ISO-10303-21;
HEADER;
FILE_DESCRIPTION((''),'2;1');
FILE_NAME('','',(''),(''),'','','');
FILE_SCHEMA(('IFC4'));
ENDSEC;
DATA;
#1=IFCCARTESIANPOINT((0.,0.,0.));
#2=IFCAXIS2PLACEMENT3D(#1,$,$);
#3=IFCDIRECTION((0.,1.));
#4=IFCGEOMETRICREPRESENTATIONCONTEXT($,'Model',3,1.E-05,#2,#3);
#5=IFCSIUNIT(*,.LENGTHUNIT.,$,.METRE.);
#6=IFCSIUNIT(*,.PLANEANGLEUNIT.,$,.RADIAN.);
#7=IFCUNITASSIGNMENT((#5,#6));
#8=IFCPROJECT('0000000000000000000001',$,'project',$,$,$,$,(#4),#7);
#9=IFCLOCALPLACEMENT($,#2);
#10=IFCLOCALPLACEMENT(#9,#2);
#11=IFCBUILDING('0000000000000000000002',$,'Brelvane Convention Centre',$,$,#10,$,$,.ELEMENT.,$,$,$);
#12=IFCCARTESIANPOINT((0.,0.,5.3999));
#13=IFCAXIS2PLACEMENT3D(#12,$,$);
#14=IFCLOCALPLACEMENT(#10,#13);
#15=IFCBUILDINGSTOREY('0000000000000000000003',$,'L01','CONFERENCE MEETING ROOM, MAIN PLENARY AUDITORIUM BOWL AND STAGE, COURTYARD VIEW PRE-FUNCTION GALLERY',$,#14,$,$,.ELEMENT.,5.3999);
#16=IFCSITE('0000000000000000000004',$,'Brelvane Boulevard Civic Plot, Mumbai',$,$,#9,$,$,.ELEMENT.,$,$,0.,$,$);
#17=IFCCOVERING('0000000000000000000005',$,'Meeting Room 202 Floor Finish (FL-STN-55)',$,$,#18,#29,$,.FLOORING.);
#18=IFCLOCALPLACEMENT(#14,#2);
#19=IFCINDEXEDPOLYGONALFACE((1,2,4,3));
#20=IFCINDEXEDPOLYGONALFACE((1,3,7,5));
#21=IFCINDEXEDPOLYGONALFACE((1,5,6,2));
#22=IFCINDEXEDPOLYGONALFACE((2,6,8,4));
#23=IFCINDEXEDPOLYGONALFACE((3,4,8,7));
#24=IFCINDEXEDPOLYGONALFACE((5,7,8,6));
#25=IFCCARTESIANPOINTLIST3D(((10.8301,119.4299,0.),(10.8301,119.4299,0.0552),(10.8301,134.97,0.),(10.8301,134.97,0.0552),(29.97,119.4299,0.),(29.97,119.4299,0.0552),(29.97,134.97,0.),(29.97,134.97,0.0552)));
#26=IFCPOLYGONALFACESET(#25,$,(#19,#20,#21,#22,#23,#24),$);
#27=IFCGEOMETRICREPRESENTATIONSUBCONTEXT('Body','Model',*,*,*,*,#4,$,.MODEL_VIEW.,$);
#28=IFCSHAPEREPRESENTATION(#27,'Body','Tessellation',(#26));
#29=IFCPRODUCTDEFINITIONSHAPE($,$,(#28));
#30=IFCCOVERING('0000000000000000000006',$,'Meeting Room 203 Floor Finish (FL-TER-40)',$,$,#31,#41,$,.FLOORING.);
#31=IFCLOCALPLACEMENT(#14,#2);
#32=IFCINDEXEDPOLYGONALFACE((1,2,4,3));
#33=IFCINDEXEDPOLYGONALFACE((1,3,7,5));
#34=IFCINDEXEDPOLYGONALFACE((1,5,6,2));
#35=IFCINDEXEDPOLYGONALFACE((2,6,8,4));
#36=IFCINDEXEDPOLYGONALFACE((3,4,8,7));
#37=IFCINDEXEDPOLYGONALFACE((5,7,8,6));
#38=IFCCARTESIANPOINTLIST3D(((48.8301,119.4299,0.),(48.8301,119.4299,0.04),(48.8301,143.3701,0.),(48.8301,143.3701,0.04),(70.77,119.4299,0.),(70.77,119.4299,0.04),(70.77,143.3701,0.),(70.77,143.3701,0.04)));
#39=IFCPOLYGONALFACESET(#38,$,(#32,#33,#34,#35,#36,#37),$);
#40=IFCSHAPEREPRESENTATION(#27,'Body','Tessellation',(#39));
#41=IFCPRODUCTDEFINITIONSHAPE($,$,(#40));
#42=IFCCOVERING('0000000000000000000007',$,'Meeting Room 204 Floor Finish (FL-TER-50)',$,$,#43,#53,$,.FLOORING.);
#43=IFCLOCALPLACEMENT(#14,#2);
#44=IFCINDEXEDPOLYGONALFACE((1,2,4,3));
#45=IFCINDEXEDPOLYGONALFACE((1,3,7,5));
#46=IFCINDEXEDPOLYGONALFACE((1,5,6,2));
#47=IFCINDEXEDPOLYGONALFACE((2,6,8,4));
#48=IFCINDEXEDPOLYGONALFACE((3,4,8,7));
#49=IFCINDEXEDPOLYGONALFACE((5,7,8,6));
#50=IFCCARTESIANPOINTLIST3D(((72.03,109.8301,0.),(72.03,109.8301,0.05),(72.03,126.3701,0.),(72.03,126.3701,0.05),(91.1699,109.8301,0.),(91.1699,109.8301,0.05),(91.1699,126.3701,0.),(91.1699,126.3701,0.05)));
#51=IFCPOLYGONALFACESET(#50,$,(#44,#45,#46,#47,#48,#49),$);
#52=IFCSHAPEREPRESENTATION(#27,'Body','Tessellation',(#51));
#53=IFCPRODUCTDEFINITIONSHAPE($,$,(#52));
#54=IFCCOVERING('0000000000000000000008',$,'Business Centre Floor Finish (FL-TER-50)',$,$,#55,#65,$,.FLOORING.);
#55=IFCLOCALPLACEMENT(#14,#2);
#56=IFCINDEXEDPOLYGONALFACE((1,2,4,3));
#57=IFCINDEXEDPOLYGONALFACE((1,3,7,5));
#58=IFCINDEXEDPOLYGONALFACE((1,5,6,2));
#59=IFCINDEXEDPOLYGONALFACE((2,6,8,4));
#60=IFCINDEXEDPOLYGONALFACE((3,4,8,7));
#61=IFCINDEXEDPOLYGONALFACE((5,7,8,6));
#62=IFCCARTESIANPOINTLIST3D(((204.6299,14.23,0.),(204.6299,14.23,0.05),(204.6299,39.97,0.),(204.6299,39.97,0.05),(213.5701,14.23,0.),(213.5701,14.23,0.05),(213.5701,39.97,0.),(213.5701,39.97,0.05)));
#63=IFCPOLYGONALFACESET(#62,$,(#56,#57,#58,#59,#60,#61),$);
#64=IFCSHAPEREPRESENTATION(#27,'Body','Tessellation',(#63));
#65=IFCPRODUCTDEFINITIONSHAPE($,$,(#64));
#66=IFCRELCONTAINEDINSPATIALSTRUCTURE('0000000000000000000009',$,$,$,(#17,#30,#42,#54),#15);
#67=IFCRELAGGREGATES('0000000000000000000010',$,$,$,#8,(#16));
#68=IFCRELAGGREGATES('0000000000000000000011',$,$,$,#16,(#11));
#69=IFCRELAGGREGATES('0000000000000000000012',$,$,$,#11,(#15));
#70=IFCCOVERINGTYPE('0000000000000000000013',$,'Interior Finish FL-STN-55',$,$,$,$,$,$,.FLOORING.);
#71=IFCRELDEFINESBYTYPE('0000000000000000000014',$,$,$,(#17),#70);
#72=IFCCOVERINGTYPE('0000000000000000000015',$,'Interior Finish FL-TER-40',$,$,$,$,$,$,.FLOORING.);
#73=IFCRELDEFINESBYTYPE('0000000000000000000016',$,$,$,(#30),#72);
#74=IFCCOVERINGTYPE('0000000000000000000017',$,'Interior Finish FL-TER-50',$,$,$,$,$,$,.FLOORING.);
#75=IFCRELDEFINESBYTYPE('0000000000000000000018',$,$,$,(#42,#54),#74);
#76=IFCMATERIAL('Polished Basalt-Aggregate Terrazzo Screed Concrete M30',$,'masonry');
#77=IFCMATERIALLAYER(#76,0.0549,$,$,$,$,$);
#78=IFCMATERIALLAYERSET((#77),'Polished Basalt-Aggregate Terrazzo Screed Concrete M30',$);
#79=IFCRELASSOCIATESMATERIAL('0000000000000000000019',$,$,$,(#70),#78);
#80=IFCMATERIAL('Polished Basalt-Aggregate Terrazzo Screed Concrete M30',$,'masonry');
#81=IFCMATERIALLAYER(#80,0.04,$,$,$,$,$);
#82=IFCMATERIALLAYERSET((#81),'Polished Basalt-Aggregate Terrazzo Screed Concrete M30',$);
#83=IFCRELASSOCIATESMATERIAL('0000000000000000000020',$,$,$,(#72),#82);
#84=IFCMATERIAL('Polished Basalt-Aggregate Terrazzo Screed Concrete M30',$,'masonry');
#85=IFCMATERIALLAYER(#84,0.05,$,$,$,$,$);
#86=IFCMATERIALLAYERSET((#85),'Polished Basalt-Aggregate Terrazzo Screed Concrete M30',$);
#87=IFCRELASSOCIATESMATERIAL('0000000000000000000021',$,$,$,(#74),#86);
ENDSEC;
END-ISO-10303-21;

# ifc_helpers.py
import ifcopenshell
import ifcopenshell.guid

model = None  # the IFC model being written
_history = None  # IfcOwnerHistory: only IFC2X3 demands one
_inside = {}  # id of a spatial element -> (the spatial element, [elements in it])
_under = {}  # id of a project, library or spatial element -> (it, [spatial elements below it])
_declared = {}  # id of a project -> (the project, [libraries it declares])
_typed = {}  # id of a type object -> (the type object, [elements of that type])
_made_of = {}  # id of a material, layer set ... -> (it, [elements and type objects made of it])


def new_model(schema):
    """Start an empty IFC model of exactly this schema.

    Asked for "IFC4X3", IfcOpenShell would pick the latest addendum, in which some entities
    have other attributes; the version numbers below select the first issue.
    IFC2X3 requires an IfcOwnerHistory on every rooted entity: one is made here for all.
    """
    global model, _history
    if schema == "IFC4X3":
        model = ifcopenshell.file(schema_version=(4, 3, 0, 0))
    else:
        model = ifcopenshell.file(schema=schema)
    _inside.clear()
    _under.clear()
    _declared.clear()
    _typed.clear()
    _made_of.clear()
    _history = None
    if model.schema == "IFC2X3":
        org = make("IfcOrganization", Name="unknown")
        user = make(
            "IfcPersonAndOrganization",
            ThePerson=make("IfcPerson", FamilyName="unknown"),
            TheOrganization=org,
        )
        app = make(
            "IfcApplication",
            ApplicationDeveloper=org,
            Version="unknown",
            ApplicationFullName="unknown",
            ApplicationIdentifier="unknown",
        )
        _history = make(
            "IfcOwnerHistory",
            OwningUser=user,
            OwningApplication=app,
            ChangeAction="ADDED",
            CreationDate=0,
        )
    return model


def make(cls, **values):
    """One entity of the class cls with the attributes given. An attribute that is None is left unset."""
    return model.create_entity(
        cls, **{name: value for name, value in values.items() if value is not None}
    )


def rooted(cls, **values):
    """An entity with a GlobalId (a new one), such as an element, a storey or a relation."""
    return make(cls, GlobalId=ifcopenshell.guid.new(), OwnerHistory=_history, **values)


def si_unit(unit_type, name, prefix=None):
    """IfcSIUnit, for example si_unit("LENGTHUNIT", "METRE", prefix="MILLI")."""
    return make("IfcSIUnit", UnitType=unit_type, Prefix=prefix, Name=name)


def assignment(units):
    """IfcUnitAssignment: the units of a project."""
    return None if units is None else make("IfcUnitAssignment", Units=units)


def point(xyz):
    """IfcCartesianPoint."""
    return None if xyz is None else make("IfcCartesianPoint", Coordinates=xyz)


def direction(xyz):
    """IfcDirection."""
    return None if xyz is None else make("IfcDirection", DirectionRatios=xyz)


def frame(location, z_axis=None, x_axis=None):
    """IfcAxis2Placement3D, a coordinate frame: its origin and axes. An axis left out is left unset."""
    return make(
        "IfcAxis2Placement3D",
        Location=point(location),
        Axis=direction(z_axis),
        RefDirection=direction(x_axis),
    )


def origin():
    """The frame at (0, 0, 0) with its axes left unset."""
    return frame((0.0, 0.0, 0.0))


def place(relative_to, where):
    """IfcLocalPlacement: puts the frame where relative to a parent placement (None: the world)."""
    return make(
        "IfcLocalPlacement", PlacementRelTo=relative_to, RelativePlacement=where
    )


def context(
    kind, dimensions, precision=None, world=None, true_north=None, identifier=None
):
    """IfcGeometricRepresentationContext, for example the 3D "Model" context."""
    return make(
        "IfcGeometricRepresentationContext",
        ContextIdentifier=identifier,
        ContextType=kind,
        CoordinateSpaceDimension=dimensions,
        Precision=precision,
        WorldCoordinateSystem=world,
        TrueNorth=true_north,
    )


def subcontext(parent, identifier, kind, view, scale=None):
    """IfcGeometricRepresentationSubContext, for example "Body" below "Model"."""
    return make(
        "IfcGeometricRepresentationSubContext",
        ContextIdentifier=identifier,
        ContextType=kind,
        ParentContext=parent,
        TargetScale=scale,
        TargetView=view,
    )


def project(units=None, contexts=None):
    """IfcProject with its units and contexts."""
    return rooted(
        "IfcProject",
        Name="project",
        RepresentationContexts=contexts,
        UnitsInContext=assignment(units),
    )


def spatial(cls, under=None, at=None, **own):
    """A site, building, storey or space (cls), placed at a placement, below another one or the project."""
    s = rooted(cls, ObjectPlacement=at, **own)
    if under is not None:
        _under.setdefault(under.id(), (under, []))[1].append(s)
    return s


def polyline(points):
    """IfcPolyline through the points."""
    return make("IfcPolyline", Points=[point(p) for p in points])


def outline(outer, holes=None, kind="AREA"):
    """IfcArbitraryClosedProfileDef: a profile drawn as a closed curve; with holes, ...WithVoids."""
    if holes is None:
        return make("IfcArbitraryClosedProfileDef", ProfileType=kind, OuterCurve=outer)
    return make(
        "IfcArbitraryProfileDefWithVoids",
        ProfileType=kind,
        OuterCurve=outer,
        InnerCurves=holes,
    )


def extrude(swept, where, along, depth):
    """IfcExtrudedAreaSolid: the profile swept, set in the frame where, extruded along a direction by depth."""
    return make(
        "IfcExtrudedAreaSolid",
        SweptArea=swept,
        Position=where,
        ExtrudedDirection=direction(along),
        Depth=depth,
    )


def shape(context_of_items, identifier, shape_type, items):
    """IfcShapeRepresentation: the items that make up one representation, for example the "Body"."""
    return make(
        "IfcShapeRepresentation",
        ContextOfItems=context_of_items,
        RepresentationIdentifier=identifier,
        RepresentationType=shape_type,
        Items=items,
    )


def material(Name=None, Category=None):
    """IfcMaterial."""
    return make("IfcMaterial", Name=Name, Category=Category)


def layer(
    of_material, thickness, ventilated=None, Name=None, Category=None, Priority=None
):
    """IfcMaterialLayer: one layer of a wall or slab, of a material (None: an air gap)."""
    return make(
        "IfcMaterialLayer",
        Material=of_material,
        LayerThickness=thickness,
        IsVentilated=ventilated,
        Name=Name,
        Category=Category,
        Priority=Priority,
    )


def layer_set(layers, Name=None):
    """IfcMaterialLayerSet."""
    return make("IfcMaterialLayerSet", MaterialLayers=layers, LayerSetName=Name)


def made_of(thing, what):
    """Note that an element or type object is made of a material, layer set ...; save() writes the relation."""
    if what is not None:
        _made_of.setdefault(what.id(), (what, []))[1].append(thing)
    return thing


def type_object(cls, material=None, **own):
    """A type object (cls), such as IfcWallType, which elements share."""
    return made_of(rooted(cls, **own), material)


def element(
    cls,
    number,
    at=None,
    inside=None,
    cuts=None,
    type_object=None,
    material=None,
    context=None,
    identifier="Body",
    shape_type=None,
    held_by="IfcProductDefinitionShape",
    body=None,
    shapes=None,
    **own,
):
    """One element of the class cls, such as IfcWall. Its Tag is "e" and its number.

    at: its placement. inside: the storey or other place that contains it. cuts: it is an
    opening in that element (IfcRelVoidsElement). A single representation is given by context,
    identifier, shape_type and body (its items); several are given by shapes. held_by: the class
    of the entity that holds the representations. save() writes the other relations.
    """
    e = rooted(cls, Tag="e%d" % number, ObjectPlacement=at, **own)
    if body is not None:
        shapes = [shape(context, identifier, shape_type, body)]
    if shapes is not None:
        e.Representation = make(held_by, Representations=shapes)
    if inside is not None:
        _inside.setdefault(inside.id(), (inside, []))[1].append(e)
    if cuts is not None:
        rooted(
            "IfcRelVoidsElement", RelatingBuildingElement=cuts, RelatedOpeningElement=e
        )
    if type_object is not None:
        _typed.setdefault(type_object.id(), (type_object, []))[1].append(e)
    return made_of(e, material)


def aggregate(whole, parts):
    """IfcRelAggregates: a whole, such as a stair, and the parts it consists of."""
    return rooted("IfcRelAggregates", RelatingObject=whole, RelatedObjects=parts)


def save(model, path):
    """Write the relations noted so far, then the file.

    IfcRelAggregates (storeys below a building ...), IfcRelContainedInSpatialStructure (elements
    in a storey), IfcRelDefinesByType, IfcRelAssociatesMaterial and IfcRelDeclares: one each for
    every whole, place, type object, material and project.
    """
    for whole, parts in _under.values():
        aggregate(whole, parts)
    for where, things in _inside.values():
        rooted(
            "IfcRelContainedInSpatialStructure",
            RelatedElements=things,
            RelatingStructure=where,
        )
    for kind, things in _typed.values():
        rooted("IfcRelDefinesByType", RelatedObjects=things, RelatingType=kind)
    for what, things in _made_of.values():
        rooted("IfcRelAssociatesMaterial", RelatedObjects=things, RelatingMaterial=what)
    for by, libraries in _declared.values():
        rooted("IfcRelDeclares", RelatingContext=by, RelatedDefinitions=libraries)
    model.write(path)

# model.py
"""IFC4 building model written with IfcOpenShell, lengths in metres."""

from ifc_helpers import new_model, si_unit, direction, frame, origin, place, context, subcontext, project, spatial, polyline, outline, extrude, material, layer, layer_set, type_object, element, save


model = new_model("IFC4")

# Units and contexts
model_context = context("Model", 3, precision=1e-05, world=origin(), true_north=direction((0.0, 1.0)))
body_context = subcontext(model_context, "Body", "Model", "MODEL_VIEW")
ifc_project = project(units=[si_unit("LENGTHUNIT", "METRE"), si_unit("PLANEANGLEUNIT", "RADIAN")], contexts=[model_context])

# Site, building, storey
site_placement = place(None, origin())
site = spatial("IfcSite", under=ifc_project, at=site_placement, Name="Brelvane Boulevard Civic Plot, Mumbai", CompositionType="ELEMENT", RefElevation=0.0)
building_placement = place(site_placement, origin())
building = spatial("IfcBuilding", under=site, at=building_placement, Name="Brelvane Convention Centre", CompositionType="ELEMENT")
storey_placement = place(building_placement, frame((0.0, 0.0, 5.3999)))
storey = spatial("IfcBuildingStorey", under=building, at=storey_placement, Name="L01", Description="CONFERENCE MEETING ROOM, MAIN PLENARY AUDITORIUM BOWL AND STAGE, COURTYARD VIEW PRE-FUNCTION GALLERY", CompositionType="ELEMENT", Elevation=5.3999)

# Coverings
ifc_material_1 = material(Name="Polished Basalt-Aggregate Terrazzo Screed Concrete M30", Category="masonry")
ifc_layer_1 = layer(ifc_material_1, 0.0549)
ifc_layer_set_1 = layer_set([ifc_layer_1], Name="Polished Basalt-Aggregate Terrazzo Screed Concrete M30")
covering_type_1 = type_object("IfcCoveringType", Name="Interior Finish FL-STN-55", PredefinedType="FLOORING", material=ifc_layer_set_1)
covering_1_placement = place(storey_placement, origin())
element("IfcCovering", 1, at=covering_1_placement, inside=storey, type_object=covering_type_1, Name="Meeting Room 202 Floor Finish (FL-STN-55)", PredefinedType="FLOORING", context=body_context, shape_type="SweptSolid", body=[
    extrude(outline(polyline([(10.8301, 119.4299), (29.97, 119.4299), (29.97, 134.97), (10.8301, 134.97), (10.8301, 119.4299)])), origin(), (0.0, 0.0, 1.0), 0.0552),
])
ifc_material_2 = material(Name="Polished Basalt-Aggregate Terrazzo Screed Concrete M30", Category="masonry")
ifc_layer_2 = layer(ifc_material_2, 0.04)
ifc_layer_set_2 = layer_set([ifc_layer_2], Name="Polished Basalt-Aggregate Terrazzo Screed Concrete M30")
covering_type_2 = type_object("IfcCoveringType", Name="Interior Finish FL-TER-40", PredefinedType="FLOORING", material=ifc_layer_set_2)
covering_2_placement = place(storey_placement, origin())
element("IfcCovering", 2, at=covering_2_placement, inside=storey, type_object=covering_type_2, Name="Meeting Room 203 Floor Finish (FL-TER-40)", PredefinedType="FLOORING", context=body_context, shape_type="SweptSolid", body=[
    extrude(outline(polyline([(48.8301, 119.4299), (70.77, 119.4299), (70.77, 143.3701), (48.8301, 143.3701), (48.8301, 119.4299)])), origin(), (0.0, 0.0, 1.0), 0.04),
])
ifc_material_3 = material(Name="Polished Basalt-Aggregate Terrazzo Screed Concrete M30", Category="masonry")
ifc_layer_3 = layer(ifc_material_3, 0.05)
ifc_layer_set_3 = layer_set([ifc_layer_3], Name="Polished Basalt-Aggregate Terrazzo Screed Concrete M30")
covering_type_3 = type_object("IfcCoveringType", Name="Interior Finish FL-TER-50", PredefinedType="FLOORING", material=ifc_layer_set_3)
covering_3_placement = place(storey_placement, origin())
element("IfcCovering", 3, at=covering_3_placement, inside=storey, type_object=covering_type_3, Name="Meeting Room 204 Floor Finish (FL-TER-50)", PredefinedType="FLOORING", context=body_context, shape_type="SweptSolid", body=[
    extrude(outline(polyline([(72.03, 109.8301), (91.1699, 109.8301), (91.1699, 126.3701), (72.03, 126.3701), (72.03, 109.8301)])), origin(), (0.0, 0.0, 1.0), 0.05),
])
covering_4_placement = place(storey_placement, origin())
element("IfcCovering", 4, at=covering_4_placement, inside=storey, type_object=covering_type_3, Name="Business Centre Floor Finish (FL-TER-50)", PredefinedType="FLOORING", context=body_context, shape_type="SweptSolid", body=[
    extrude(outline(polyline([(204.6299, 14.23), (213.5701, 14.23), (213.5701, 39.97), (204.6299, 39.97), (204.6299, 14.23)])), origin(), (0.0, 0.0, 1.0), 0.05),
])

save(model, "model.ifc")
